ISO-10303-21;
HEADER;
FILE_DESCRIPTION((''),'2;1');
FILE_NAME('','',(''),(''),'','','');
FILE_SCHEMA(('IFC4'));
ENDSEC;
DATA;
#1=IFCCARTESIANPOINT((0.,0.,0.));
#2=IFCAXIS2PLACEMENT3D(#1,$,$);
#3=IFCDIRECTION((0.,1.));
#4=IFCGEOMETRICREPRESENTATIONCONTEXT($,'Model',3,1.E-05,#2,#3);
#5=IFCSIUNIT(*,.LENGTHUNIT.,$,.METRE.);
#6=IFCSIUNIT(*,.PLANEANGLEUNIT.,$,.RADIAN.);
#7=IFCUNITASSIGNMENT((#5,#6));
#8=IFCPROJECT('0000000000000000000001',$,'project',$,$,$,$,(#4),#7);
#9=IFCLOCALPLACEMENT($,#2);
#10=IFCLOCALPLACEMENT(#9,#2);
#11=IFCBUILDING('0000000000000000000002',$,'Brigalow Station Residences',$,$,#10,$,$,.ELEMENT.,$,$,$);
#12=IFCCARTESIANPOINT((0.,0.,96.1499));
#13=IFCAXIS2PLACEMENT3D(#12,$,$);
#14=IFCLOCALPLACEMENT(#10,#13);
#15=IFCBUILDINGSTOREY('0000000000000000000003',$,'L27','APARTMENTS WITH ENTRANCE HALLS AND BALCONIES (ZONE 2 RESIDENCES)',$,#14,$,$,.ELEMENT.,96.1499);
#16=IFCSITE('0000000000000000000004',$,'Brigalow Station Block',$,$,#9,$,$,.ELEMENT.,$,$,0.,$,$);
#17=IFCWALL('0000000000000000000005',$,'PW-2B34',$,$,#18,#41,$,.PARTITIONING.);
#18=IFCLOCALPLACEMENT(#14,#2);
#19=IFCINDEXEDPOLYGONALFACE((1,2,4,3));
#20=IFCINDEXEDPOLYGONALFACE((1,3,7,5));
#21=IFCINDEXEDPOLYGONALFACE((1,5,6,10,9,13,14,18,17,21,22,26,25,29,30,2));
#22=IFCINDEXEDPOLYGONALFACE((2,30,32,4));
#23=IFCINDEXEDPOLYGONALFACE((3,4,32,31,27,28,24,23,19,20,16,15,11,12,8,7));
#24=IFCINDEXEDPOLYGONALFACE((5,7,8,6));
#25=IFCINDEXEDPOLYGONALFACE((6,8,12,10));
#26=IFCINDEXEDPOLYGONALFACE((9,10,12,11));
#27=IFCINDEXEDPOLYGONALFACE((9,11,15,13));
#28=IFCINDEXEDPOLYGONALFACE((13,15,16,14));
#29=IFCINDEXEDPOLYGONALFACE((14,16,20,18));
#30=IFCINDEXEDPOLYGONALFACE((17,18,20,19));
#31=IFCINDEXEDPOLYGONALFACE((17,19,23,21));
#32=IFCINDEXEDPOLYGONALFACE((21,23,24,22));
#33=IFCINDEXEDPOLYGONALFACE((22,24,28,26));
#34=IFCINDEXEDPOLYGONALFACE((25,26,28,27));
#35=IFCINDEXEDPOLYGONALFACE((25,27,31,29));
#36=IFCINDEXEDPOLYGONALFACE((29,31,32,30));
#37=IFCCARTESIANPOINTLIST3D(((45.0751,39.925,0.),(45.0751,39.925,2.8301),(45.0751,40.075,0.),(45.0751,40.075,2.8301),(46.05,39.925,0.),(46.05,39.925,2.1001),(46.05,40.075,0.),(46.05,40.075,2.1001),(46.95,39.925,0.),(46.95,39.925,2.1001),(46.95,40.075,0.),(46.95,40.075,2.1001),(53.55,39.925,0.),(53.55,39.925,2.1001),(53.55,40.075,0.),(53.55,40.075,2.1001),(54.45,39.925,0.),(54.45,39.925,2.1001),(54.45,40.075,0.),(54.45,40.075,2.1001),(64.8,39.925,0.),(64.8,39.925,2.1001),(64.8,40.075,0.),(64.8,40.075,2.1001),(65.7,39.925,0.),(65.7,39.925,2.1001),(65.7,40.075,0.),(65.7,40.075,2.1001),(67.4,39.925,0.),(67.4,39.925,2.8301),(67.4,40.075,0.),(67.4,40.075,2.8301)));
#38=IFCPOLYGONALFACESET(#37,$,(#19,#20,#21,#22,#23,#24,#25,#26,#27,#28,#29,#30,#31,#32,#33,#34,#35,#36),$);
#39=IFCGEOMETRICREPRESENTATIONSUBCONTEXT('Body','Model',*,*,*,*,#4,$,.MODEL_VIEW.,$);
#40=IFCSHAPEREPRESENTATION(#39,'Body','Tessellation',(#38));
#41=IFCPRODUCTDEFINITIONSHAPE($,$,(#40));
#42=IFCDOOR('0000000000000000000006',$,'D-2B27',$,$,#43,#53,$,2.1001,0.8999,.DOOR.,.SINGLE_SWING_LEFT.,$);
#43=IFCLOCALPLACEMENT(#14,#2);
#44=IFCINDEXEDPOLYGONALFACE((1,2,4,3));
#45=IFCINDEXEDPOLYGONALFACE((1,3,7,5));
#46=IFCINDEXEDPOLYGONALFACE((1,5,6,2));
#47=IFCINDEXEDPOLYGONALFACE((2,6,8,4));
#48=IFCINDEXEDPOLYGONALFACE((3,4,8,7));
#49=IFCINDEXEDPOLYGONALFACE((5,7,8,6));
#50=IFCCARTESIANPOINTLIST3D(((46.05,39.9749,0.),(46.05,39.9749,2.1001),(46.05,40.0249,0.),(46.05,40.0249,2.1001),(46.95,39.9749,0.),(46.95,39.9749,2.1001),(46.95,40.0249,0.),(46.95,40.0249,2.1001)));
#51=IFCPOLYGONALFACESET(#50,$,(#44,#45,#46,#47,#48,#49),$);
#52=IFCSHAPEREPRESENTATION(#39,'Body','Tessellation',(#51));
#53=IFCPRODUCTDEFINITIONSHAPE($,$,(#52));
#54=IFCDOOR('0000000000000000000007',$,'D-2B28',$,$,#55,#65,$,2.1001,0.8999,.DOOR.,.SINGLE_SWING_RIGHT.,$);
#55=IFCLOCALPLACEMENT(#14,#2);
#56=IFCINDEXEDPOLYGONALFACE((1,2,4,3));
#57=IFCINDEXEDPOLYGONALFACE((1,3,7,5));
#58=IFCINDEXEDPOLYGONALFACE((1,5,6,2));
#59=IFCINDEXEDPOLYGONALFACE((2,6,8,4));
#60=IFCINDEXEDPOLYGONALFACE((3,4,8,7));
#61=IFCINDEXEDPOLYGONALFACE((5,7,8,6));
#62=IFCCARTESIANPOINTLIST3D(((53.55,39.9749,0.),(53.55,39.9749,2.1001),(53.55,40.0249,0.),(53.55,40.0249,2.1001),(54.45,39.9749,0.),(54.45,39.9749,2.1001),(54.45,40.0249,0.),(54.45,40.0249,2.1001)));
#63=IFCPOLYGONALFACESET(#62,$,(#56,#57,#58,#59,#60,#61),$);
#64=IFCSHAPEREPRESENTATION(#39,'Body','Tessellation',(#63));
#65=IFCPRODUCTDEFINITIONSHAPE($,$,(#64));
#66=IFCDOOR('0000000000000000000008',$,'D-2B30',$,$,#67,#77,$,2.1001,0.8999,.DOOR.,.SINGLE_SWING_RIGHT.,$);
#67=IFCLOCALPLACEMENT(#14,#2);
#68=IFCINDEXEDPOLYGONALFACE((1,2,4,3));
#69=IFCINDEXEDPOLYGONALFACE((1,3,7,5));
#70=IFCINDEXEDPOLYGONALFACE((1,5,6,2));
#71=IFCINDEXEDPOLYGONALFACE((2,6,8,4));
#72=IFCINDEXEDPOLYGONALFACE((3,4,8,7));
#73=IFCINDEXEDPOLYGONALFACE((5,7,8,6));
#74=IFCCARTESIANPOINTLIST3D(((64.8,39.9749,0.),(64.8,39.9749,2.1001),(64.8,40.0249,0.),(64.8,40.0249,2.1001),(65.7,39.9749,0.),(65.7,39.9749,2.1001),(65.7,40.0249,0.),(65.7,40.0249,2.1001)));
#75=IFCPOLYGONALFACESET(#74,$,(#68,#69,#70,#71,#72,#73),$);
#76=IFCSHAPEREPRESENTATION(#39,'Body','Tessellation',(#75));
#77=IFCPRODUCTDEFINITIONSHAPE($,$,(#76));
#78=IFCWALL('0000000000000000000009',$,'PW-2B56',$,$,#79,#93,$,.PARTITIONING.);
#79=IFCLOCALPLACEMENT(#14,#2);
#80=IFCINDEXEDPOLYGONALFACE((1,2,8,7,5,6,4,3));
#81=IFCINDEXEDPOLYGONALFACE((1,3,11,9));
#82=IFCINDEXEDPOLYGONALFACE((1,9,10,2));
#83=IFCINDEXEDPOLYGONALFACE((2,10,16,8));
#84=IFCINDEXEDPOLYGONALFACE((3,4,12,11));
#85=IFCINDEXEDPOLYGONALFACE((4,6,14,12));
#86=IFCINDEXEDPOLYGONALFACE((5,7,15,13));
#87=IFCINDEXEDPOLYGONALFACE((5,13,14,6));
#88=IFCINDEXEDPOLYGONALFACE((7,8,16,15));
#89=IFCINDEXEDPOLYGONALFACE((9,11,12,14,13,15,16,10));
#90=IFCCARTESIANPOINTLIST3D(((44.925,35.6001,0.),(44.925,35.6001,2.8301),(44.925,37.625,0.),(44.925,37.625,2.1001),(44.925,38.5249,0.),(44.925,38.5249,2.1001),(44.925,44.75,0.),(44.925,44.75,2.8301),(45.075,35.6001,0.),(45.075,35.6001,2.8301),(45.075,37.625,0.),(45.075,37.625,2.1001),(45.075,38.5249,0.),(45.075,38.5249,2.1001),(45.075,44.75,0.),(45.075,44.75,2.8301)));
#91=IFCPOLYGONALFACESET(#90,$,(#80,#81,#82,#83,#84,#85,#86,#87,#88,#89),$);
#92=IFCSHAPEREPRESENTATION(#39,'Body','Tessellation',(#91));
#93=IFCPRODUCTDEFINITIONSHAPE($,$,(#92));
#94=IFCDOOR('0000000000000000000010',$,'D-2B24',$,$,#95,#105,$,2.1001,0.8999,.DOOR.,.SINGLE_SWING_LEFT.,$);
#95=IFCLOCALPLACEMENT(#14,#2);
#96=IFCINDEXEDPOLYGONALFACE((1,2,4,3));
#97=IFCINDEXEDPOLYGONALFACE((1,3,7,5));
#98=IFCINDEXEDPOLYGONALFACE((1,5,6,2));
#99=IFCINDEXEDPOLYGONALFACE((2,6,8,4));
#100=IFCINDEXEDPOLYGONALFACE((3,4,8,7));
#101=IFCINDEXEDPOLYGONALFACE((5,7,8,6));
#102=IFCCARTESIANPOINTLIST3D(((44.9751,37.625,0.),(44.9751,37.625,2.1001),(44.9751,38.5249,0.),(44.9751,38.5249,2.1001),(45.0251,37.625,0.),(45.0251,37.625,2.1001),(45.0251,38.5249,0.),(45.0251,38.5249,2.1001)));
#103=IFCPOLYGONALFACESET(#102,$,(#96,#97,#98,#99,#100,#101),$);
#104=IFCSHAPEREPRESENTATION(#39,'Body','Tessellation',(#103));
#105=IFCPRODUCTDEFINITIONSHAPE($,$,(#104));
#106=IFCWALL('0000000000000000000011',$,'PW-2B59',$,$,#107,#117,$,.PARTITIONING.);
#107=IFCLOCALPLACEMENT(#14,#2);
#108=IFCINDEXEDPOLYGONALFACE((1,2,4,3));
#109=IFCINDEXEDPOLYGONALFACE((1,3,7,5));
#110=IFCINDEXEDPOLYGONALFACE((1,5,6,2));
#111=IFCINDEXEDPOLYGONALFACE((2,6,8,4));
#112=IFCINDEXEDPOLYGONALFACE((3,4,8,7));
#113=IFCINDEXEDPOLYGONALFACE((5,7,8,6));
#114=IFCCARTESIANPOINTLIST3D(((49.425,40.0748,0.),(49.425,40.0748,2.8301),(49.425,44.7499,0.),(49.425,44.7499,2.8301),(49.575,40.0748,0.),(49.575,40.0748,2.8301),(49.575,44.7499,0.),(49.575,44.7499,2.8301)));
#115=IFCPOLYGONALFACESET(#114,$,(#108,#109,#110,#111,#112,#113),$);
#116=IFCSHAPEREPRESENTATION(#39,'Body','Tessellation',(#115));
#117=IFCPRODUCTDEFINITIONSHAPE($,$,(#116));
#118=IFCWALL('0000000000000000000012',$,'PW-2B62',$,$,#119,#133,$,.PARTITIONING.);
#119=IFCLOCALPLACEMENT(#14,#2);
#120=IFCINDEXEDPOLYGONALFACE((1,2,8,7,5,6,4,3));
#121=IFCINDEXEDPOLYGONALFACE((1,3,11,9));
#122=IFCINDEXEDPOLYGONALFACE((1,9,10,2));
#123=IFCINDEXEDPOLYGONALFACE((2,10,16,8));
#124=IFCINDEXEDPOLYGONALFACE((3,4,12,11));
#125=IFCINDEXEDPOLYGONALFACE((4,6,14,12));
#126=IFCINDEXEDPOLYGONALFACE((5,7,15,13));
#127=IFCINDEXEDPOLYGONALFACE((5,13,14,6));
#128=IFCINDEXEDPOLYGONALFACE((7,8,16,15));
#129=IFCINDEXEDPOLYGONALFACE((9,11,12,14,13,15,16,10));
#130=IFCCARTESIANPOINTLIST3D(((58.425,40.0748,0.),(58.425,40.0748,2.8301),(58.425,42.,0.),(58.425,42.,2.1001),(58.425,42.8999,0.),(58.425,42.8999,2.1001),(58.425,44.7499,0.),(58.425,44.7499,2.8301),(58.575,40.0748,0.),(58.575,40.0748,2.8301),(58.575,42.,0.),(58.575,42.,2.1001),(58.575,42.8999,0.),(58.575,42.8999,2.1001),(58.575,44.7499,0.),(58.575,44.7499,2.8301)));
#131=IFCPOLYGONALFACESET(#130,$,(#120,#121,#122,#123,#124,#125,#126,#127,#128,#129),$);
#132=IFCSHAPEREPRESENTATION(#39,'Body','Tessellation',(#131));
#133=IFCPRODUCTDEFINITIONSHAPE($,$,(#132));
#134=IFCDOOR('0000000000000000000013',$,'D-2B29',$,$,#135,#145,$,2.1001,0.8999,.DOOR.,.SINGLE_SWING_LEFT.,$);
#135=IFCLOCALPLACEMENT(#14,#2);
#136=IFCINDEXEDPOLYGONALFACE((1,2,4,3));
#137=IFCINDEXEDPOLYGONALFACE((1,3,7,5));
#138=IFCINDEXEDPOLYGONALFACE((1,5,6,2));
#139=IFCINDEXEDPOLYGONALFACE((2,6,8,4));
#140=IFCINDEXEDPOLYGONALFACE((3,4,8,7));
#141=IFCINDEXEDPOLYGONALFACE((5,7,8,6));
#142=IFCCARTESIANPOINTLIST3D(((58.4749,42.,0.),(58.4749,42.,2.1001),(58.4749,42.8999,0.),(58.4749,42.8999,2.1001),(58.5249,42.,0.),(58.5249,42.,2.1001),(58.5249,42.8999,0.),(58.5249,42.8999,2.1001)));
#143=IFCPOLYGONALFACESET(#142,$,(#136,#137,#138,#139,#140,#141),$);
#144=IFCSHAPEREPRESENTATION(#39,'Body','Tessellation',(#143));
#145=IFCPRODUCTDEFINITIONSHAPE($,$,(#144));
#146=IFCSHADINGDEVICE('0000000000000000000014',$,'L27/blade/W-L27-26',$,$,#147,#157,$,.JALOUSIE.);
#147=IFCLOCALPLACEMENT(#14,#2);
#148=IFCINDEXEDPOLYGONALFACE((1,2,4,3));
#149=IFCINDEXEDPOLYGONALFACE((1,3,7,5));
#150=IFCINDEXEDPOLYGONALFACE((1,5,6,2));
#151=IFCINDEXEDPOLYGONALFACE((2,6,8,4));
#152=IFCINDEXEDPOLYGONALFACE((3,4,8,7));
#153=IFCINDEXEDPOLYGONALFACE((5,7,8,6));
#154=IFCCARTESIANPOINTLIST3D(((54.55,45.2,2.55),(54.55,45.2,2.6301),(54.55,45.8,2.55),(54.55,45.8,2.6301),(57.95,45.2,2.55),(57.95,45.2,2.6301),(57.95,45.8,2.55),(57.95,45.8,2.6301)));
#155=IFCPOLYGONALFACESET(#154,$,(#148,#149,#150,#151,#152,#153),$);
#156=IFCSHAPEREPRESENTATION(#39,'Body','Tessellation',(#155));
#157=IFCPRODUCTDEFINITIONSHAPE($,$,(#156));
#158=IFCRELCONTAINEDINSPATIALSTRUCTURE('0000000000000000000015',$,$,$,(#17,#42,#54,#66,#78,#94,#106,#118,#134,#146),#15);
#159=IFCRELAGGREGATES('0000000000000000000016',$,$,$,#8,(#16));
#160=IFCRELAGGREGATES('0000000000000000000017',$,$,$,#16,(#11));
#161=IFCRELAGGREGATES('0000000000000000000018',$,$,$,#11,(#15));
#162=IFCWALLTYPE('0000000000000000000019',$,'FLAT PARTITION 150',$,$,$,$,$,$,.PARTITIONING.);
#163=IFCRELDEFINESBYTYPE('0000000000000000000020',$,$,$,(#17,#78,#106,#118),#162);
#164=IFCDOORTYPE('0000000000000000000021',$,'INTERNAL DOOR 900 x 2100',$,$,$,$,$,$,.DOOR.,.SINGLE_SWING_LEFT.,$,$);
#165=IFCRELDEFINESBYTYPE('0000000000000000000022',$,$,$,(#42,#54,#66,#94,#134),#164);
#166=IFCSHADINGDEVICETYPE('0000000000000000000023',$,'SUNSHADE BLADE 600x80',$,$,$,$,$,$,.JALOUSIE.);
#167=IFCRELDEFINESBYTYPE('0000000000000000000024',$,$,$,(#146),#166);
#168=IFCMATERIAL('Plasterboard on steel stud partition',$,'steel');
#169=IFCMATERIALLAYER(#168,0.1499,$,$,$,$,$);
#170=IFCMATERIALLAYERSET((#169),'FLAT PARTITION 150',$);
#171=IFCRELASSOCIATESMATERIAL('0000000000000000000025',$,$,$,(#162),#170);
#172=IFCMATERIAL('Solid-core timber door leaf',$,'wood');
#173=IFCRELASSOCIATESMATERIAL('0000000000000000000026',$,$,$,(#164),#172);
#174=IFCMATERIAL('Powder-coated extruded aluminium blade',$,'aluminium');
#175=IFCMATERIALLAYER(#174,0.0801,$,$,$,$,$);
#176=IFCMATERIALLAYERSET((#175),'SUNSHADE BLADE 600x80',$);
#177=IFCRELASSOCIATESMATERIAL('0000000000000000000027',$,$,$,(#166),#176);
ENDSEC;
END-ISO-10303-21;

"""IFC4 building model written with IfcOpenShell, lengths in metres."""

from ifc_helpers import new_model, si_unit, direction, frame, frame_2d, origin, origin_2d, place, context, subcontext, project, spatial, rectangle, extrude, material, layer, layer_set, type_object, element, fill, save


model = new_model("IFC4")

# Units and contexts
model_context = context("Model", 3, precision=1e-05, world=origin(), true_north=direction((0.0, 1.0)))
body_context = subcontext(model_context, "Body", "Model", "MODEL_VIEW")
ifc_project = project(units=[si_unit("LENGTHUNIT", "METRE"), si_unit("PLANEANGLEUNIT", "RADIAN")], contexts=[model_context])

# Site, building, storey
site_placement = place(None, origin())
site = spatial("IfcSite", under=ifc_project, at=site_placement, Name="Brigalow Station Block", CompositionType="ELEMENT", RefElevation=0.0)
building_placement = place(site_placement, origin())
building = spatial("IfcBuilding", under=site, at=building_placement, Name="Brigalow Station Residences", CompositionType="ELEMENT")
storey_placement = place(building_placement, frame((0.0, 0.0, 96.1499)))
storey = spatial("IfcBuildingStorey", under=building, at=storey_placement, Name="L27", Description="APARTMENTS WITH ENTRANCE HALLS AND BALCONIES (ZONE 2 RESIDENCES)", CompositionType="ELEMENT", Elevation=96.1499)

# Wall, openings, doors
ifc_material_1 = material(Name="Plasterboard on steel stud partition", Category="steel")
ifc_layer_1 = layer(ifc_material_1, 0.1499)
ifc_layer_set_1 = layer_set([ifc_layer_1], Name="FLAT PARTITION 150")
wall_type_1 = type_object("IfcWallType", Name="FLAT PARTITION 150", PredefinedType="PARTITIONING", material=ifc_layer_set_1)
wall_1_placement = place(storey_placement, frame((45.075, 40.0, 0.0), z_axis=(0.0, 0.0, 1.0), x_axis=(1.0, 0.0, 0.0)))
wall_1 = element("IfcWall", 1, at=wall_1_placement, inside=storey, type_object=wall_type_1, Name="PW-2B34", PredefinedType="PARTITIONING", context=body_context, shape_type="SweptSolid", body=[
    extrude(rectangle(XDim=22.325, YDim=0.1499, at=frame_2d((11.1626, 0.0))), origin(), (0.0, 0.0, 1.0), 2.8301),
])
opening_1_placement = place(wall_1_placement, frame((0.9751, 0.0, 0.0)))
opening_1 = element("IfcOpeningElement", 2, at=opening_1_placement, cuts=wall_1, PredefinedType="OPENING", context=body_context, shape_type="SweptSolid", body=[
    extrude(rectangle(XDim=0.8999, YDim=2.1001, at=frame_2d((0.45, 1.05))), frame((0.0, 0.085, 0.0), z_axis=(0.0, -1.0, 0.0), x_axis=(1.0, 0.0, 0.0)), (0.0, 0.0, 1.0), 0.1699),
])
opening_2_placement = place(wall_1_placement, frame((8.4751, 0.0, 0.0)))
opening_2 = element("IfcOpeningElement", 3, at=opening_2_placement, cuts=wall_1, PredefinedType="OPENING", context=body_context, shape_type="SweptSolid", body=[
    extrude(rectangle(XDim=0.8999, YDim=2.1001, at=frame_2d((0.45, 1.05))), frame((0.0, 0.085, 0.0), z_axis=(0.0, -1.0, 0.0), x_axis=(1.0, 0.0, 0.0)), (0.0, 0.0, 1.0), 0.1699),
])
opening_3_placement = place(wall_1_placement, frame((19.7251, 0.0, 0.0)))
opening_3 = element("IfcOpeningElement", 4, at=opening_3_placement, cuts=wall_1, PredefinedType="OPENING", context=body_context, shape_type="SweptSolid", body=[
    extrude(rectangle(XDim=0.8999, YDim=2.1001, at=frame_2d((0.45, 1.05))), frame((0.0, 0.085, 0.0), z_axis=(0.0, -1.0, 0.0), x_axis=(1.0, 0.0, 0.0)), (0.0, 0.0, 1.0), 0.1699),
])
ifc_material_2 = material(Name="Solid-core timber door leaf", Category="wood")
door_type_1 = type_object("IfcDoorType", Name="INTERNAL DOOR 900 x 2100", OperationType="SINGLE_SWING_LEFT", PredefinedType="DOOR", material=ifc_material_2)
door_1_placement = place(opening_1_placement, origin())
door_1 = element("IfcDoor", 5, at=door_1_placement, inside=storey, type_object=door_type_1, Name="D-2B27", OperationType="SINGLE_SWING_LEFT", OverallHeight=2.1001, OverallWidth=0.8999, PredefinedType="DOOR", context=body_context, shape_type="SweptSolid", body=[
    extrude(rectangle(XDim=0.8999, YDim=2.1001, at=frame_2d((0.45, 1.05))), frame((0.0, 0.0249, 0.0), z_axis=(0.0, -1.0, 0.0), x_axis=(1.0, 0.0, 0.0)), (0.0, 0.0, 1.0), 0.05),
])
fill(opening_1, door_1)
door_2_placement = place(opening_2_placement, origin())
door_2 = element("IfcDoor", 6, at=door_2_placement, inside=storey, type_object=door_type_1, Name="D-2B28", OperationType="SINGLE_SWING_RIGHT", OverallHeight=2.1001, OverallWidth=0.8999, PredefinedType="DOOR", context=body_context, shape_type="SweptSolid", body=[
    extrude(rectangle(XDim=0.8999, YDim=2.1001, at=frame_2d((0.45, 1.05))), frame((0.0, 0.0249, 0.0), z_axis=(0.0, -1.0, 0.0), x_axis=(1.0, 0.0, 0.0)), (0.0, 0.0, 1.0), 0.05),
])
fill(opening_2, door_2)
door_3_placement = place(opening_3_placement, origin())
door_3 = element("IfcDoor", 7, at=door_3_placement, inside=storey, type_object=door_type_1, Name="D-2B30", OperationType="SINGLE_SWING_RIGHT", OverallHeight=2.1001, OverallWidth=0.8999, PredefinedType="DOOR", context=body_context, shape_type="SweptSolid", body=[
    extrude(rectangle(XDim=0.8999, YDim=2.1001, at=frame_2d((0.45, 1.05))), frame((0.0, 0.0249, 0.0), z_axis=(0.0, -1.0, 0.0), x_axis=(1.0, 0.0, 0.0)), (0.0, 0.0, 1.0), 0.05),
])
fill(opening_3, door_3)

# Wall, opening, door
wall_2_placement = place(storey_placement, frame((45.0, 35.6001, 0.0), z_axis=(0.0, 0.0, 1.0), x_axis=(0.0, 1.0, 0.0)))
wall_2 = element("IfcWall", 8, at=wall_2_placement, inside=storey, type_object=wall_type_1, Name="PW-2B56", PredefinedType="PARTITIONING", context=body_context, shape_type="SweptSolid", body=[
    extrude(rectangle(XDim=9.1499, YDim=0.1499, at=frame_2d((4.575, 0.0))), origin(), (0.0, 0.0, 1.0), 2.8301),
])
opening_4_placement = place(wall_2_placement, frame((2.0249, 0.0, 0.0)))
opening_4 = element("IfcOpeningElement", 9, at=opening_4_placement, cuts=wall_2, PredefinedType="OPENING", context=body_context, shape_type="SweptSolid", body=[
    extrude(rectangle(XDim=0.8999, YDim=2.1001, at=frame_2d((0.45, 1.05))), frame((0.0, 0.085, 0.0), z_axis=(0.0, -1.0, 0.0), x_axis=(1.0, 0.0, 0.0)), (0.0, 0.0, 1.0), 0.1699),
])
door_4_placement = place(opening_4_placement, origin())
door_4 = element("IfcDoor", 10, at=door_4_placement, inside=storey, type_object=door_type_1, Name="D-2B24", OperationType="SINGLE_SWING_LEFT", OverallHeight=2.1001, OverallWidth=0.8999, PredefinedType="DOOR", context=body_context, shape_type="SweptSolid", body=[
    extrude(rectangle(XDim=0.8999, YDim=2.1001, at=frame_2d((0.45, 1.05))), frame((0.0, 0.0249, 0.0), z_axis=(0.0, -1.0, 0.0), x_axis=(1.0, 0.0, 0.0)), (0.0, 0.0, 1.0), 0.05),
])
fill(opening_4, door_4)

# Wall
wall_3_placement = place(storey_placement, frame((49.5, 40.075, 0.0), z_axis=(0.0, 0.0, 1.0), x_axis=(0.0, 1.0, 0.0)))
element("IfcWall", 11, at=wall_3_placement, inside=storey, type_object=wall_type_1, Name="PW-2B59", PredefinedType="PARTITIONING", context=body_context, shape_type="SweptSolid", body=[
    extrude(rectangle(XDim=4.675, YDim=0.1499, at=frame_2d((2.3374, 0.0))), origin(), (0.0, 0.0, 1.0), 2.8301),
])

# Wall, opening, door
wall_4_placement = place(storey_placement, frame((58.5, 40.075, 0.0), z_axis=(0.0, 0.0, 1.0), x_axis=(0.0, 1.0, 0.0)))
wall_4 = element("IfcWall", 12, at=wall_4_placement, inside=storey, type_object=wall_type_1, Name="PW-2B62", PredefinedType="PARTITIONING", context=body_context, shape_type="SweptSolid", body=[
    extrude(rectangle(XDim=4.675, YDim=0.1499, at=frame_2d((2.3374, 0.0))), origin(), (0.0, 0.0, 1.0), 2.8301),
])
opening_5_placement = place(wall_4_placement, frame((1.925, 0.0, 0.0)))
opening_5 = element("IfcOpeningElement", 13, at=opening_5_placement, cuts=wall_4, PredefinedType="OPENING", context=body_context, shape_type="SweptSolid", body=[
    extrude(rectangle(XDim=0.8999, YDim=2.1001, at=frame_2d((0.45, 1.05))), frame((0.0, 0.085, 0.0), z_axis=(0.0, -1.0, 0.0), x_axis=(1.0, 0.0, 0.0)), (0.0, 0.0, 1.0), 0.1699),
])
door_5_placement = place(opening_5_placement, frame((0.8999, 0.0, 0.0), z_axis=(0.0, 0.0, 1.0), x_axis=(-1.0, 0.0, 0.0)))
door_5 = element("IfcDoor", 14, at=door_5_placement, inside=storey, type_object=door_type_1, Name="D-2B29", OperationType="SINGLE_SWING_LEFT", OverallHeight=2.1001, OverallWidth=0.8999, PredefinedType="DOOR", context=body_context, shape_type="SweptSolid", body=[
    extrude(rectangle(XDim=0.8999, YDim=2.1001, at=frame_2d((0.45, 1.05))), frame((0.0, 0.0249, 0.0), z_axis=(0.0, -1.0, 0.0), x_axis=(1.0, 0.0, 0.0)), (0.0, 0.0, 1.0), 0.05),
])
fill(opening_5, door_5)

# Shading device
ifc_material_3 = material(Name="Powder-coated extruded aluminium blade", Category="aluminium")
ifc_layer_2 = layer(ifc_material_3, 0.0801)
ifc_layer_set_2 = layer_set([ifc_layer_2], Name="SUNSHADE BLADE 600x80")
shading_device_type = type_object("IfcShadingDeviceType", Name="SUNSHADE BLADE 600x80", PredefinedType="JALOUSIE", material=ifc_layer_set_2)
shading_device_placement = place(storey_placement, frame((56.25, 45.5, 2.55), z_axis=(0.0, 0.0, 1.0), x_axis=(-1.0, 0.0, 0.0)))
element("IfcShadingDevice", 15, at=shading_device_placement, inside=storey, type_object=shading_device_type, Name="L27/blade/W-L27-26", PredefinedType="JALOUSIE", context=body_context, shape_type="SweptSolid", body=[
    extrude(rectangle(XDim=3.3999, YDim=0.6001, at=origin_2d()), origin(), (0.0, 0.0, 1.0), 0.0801),
])

save(model, "model.ifc")
